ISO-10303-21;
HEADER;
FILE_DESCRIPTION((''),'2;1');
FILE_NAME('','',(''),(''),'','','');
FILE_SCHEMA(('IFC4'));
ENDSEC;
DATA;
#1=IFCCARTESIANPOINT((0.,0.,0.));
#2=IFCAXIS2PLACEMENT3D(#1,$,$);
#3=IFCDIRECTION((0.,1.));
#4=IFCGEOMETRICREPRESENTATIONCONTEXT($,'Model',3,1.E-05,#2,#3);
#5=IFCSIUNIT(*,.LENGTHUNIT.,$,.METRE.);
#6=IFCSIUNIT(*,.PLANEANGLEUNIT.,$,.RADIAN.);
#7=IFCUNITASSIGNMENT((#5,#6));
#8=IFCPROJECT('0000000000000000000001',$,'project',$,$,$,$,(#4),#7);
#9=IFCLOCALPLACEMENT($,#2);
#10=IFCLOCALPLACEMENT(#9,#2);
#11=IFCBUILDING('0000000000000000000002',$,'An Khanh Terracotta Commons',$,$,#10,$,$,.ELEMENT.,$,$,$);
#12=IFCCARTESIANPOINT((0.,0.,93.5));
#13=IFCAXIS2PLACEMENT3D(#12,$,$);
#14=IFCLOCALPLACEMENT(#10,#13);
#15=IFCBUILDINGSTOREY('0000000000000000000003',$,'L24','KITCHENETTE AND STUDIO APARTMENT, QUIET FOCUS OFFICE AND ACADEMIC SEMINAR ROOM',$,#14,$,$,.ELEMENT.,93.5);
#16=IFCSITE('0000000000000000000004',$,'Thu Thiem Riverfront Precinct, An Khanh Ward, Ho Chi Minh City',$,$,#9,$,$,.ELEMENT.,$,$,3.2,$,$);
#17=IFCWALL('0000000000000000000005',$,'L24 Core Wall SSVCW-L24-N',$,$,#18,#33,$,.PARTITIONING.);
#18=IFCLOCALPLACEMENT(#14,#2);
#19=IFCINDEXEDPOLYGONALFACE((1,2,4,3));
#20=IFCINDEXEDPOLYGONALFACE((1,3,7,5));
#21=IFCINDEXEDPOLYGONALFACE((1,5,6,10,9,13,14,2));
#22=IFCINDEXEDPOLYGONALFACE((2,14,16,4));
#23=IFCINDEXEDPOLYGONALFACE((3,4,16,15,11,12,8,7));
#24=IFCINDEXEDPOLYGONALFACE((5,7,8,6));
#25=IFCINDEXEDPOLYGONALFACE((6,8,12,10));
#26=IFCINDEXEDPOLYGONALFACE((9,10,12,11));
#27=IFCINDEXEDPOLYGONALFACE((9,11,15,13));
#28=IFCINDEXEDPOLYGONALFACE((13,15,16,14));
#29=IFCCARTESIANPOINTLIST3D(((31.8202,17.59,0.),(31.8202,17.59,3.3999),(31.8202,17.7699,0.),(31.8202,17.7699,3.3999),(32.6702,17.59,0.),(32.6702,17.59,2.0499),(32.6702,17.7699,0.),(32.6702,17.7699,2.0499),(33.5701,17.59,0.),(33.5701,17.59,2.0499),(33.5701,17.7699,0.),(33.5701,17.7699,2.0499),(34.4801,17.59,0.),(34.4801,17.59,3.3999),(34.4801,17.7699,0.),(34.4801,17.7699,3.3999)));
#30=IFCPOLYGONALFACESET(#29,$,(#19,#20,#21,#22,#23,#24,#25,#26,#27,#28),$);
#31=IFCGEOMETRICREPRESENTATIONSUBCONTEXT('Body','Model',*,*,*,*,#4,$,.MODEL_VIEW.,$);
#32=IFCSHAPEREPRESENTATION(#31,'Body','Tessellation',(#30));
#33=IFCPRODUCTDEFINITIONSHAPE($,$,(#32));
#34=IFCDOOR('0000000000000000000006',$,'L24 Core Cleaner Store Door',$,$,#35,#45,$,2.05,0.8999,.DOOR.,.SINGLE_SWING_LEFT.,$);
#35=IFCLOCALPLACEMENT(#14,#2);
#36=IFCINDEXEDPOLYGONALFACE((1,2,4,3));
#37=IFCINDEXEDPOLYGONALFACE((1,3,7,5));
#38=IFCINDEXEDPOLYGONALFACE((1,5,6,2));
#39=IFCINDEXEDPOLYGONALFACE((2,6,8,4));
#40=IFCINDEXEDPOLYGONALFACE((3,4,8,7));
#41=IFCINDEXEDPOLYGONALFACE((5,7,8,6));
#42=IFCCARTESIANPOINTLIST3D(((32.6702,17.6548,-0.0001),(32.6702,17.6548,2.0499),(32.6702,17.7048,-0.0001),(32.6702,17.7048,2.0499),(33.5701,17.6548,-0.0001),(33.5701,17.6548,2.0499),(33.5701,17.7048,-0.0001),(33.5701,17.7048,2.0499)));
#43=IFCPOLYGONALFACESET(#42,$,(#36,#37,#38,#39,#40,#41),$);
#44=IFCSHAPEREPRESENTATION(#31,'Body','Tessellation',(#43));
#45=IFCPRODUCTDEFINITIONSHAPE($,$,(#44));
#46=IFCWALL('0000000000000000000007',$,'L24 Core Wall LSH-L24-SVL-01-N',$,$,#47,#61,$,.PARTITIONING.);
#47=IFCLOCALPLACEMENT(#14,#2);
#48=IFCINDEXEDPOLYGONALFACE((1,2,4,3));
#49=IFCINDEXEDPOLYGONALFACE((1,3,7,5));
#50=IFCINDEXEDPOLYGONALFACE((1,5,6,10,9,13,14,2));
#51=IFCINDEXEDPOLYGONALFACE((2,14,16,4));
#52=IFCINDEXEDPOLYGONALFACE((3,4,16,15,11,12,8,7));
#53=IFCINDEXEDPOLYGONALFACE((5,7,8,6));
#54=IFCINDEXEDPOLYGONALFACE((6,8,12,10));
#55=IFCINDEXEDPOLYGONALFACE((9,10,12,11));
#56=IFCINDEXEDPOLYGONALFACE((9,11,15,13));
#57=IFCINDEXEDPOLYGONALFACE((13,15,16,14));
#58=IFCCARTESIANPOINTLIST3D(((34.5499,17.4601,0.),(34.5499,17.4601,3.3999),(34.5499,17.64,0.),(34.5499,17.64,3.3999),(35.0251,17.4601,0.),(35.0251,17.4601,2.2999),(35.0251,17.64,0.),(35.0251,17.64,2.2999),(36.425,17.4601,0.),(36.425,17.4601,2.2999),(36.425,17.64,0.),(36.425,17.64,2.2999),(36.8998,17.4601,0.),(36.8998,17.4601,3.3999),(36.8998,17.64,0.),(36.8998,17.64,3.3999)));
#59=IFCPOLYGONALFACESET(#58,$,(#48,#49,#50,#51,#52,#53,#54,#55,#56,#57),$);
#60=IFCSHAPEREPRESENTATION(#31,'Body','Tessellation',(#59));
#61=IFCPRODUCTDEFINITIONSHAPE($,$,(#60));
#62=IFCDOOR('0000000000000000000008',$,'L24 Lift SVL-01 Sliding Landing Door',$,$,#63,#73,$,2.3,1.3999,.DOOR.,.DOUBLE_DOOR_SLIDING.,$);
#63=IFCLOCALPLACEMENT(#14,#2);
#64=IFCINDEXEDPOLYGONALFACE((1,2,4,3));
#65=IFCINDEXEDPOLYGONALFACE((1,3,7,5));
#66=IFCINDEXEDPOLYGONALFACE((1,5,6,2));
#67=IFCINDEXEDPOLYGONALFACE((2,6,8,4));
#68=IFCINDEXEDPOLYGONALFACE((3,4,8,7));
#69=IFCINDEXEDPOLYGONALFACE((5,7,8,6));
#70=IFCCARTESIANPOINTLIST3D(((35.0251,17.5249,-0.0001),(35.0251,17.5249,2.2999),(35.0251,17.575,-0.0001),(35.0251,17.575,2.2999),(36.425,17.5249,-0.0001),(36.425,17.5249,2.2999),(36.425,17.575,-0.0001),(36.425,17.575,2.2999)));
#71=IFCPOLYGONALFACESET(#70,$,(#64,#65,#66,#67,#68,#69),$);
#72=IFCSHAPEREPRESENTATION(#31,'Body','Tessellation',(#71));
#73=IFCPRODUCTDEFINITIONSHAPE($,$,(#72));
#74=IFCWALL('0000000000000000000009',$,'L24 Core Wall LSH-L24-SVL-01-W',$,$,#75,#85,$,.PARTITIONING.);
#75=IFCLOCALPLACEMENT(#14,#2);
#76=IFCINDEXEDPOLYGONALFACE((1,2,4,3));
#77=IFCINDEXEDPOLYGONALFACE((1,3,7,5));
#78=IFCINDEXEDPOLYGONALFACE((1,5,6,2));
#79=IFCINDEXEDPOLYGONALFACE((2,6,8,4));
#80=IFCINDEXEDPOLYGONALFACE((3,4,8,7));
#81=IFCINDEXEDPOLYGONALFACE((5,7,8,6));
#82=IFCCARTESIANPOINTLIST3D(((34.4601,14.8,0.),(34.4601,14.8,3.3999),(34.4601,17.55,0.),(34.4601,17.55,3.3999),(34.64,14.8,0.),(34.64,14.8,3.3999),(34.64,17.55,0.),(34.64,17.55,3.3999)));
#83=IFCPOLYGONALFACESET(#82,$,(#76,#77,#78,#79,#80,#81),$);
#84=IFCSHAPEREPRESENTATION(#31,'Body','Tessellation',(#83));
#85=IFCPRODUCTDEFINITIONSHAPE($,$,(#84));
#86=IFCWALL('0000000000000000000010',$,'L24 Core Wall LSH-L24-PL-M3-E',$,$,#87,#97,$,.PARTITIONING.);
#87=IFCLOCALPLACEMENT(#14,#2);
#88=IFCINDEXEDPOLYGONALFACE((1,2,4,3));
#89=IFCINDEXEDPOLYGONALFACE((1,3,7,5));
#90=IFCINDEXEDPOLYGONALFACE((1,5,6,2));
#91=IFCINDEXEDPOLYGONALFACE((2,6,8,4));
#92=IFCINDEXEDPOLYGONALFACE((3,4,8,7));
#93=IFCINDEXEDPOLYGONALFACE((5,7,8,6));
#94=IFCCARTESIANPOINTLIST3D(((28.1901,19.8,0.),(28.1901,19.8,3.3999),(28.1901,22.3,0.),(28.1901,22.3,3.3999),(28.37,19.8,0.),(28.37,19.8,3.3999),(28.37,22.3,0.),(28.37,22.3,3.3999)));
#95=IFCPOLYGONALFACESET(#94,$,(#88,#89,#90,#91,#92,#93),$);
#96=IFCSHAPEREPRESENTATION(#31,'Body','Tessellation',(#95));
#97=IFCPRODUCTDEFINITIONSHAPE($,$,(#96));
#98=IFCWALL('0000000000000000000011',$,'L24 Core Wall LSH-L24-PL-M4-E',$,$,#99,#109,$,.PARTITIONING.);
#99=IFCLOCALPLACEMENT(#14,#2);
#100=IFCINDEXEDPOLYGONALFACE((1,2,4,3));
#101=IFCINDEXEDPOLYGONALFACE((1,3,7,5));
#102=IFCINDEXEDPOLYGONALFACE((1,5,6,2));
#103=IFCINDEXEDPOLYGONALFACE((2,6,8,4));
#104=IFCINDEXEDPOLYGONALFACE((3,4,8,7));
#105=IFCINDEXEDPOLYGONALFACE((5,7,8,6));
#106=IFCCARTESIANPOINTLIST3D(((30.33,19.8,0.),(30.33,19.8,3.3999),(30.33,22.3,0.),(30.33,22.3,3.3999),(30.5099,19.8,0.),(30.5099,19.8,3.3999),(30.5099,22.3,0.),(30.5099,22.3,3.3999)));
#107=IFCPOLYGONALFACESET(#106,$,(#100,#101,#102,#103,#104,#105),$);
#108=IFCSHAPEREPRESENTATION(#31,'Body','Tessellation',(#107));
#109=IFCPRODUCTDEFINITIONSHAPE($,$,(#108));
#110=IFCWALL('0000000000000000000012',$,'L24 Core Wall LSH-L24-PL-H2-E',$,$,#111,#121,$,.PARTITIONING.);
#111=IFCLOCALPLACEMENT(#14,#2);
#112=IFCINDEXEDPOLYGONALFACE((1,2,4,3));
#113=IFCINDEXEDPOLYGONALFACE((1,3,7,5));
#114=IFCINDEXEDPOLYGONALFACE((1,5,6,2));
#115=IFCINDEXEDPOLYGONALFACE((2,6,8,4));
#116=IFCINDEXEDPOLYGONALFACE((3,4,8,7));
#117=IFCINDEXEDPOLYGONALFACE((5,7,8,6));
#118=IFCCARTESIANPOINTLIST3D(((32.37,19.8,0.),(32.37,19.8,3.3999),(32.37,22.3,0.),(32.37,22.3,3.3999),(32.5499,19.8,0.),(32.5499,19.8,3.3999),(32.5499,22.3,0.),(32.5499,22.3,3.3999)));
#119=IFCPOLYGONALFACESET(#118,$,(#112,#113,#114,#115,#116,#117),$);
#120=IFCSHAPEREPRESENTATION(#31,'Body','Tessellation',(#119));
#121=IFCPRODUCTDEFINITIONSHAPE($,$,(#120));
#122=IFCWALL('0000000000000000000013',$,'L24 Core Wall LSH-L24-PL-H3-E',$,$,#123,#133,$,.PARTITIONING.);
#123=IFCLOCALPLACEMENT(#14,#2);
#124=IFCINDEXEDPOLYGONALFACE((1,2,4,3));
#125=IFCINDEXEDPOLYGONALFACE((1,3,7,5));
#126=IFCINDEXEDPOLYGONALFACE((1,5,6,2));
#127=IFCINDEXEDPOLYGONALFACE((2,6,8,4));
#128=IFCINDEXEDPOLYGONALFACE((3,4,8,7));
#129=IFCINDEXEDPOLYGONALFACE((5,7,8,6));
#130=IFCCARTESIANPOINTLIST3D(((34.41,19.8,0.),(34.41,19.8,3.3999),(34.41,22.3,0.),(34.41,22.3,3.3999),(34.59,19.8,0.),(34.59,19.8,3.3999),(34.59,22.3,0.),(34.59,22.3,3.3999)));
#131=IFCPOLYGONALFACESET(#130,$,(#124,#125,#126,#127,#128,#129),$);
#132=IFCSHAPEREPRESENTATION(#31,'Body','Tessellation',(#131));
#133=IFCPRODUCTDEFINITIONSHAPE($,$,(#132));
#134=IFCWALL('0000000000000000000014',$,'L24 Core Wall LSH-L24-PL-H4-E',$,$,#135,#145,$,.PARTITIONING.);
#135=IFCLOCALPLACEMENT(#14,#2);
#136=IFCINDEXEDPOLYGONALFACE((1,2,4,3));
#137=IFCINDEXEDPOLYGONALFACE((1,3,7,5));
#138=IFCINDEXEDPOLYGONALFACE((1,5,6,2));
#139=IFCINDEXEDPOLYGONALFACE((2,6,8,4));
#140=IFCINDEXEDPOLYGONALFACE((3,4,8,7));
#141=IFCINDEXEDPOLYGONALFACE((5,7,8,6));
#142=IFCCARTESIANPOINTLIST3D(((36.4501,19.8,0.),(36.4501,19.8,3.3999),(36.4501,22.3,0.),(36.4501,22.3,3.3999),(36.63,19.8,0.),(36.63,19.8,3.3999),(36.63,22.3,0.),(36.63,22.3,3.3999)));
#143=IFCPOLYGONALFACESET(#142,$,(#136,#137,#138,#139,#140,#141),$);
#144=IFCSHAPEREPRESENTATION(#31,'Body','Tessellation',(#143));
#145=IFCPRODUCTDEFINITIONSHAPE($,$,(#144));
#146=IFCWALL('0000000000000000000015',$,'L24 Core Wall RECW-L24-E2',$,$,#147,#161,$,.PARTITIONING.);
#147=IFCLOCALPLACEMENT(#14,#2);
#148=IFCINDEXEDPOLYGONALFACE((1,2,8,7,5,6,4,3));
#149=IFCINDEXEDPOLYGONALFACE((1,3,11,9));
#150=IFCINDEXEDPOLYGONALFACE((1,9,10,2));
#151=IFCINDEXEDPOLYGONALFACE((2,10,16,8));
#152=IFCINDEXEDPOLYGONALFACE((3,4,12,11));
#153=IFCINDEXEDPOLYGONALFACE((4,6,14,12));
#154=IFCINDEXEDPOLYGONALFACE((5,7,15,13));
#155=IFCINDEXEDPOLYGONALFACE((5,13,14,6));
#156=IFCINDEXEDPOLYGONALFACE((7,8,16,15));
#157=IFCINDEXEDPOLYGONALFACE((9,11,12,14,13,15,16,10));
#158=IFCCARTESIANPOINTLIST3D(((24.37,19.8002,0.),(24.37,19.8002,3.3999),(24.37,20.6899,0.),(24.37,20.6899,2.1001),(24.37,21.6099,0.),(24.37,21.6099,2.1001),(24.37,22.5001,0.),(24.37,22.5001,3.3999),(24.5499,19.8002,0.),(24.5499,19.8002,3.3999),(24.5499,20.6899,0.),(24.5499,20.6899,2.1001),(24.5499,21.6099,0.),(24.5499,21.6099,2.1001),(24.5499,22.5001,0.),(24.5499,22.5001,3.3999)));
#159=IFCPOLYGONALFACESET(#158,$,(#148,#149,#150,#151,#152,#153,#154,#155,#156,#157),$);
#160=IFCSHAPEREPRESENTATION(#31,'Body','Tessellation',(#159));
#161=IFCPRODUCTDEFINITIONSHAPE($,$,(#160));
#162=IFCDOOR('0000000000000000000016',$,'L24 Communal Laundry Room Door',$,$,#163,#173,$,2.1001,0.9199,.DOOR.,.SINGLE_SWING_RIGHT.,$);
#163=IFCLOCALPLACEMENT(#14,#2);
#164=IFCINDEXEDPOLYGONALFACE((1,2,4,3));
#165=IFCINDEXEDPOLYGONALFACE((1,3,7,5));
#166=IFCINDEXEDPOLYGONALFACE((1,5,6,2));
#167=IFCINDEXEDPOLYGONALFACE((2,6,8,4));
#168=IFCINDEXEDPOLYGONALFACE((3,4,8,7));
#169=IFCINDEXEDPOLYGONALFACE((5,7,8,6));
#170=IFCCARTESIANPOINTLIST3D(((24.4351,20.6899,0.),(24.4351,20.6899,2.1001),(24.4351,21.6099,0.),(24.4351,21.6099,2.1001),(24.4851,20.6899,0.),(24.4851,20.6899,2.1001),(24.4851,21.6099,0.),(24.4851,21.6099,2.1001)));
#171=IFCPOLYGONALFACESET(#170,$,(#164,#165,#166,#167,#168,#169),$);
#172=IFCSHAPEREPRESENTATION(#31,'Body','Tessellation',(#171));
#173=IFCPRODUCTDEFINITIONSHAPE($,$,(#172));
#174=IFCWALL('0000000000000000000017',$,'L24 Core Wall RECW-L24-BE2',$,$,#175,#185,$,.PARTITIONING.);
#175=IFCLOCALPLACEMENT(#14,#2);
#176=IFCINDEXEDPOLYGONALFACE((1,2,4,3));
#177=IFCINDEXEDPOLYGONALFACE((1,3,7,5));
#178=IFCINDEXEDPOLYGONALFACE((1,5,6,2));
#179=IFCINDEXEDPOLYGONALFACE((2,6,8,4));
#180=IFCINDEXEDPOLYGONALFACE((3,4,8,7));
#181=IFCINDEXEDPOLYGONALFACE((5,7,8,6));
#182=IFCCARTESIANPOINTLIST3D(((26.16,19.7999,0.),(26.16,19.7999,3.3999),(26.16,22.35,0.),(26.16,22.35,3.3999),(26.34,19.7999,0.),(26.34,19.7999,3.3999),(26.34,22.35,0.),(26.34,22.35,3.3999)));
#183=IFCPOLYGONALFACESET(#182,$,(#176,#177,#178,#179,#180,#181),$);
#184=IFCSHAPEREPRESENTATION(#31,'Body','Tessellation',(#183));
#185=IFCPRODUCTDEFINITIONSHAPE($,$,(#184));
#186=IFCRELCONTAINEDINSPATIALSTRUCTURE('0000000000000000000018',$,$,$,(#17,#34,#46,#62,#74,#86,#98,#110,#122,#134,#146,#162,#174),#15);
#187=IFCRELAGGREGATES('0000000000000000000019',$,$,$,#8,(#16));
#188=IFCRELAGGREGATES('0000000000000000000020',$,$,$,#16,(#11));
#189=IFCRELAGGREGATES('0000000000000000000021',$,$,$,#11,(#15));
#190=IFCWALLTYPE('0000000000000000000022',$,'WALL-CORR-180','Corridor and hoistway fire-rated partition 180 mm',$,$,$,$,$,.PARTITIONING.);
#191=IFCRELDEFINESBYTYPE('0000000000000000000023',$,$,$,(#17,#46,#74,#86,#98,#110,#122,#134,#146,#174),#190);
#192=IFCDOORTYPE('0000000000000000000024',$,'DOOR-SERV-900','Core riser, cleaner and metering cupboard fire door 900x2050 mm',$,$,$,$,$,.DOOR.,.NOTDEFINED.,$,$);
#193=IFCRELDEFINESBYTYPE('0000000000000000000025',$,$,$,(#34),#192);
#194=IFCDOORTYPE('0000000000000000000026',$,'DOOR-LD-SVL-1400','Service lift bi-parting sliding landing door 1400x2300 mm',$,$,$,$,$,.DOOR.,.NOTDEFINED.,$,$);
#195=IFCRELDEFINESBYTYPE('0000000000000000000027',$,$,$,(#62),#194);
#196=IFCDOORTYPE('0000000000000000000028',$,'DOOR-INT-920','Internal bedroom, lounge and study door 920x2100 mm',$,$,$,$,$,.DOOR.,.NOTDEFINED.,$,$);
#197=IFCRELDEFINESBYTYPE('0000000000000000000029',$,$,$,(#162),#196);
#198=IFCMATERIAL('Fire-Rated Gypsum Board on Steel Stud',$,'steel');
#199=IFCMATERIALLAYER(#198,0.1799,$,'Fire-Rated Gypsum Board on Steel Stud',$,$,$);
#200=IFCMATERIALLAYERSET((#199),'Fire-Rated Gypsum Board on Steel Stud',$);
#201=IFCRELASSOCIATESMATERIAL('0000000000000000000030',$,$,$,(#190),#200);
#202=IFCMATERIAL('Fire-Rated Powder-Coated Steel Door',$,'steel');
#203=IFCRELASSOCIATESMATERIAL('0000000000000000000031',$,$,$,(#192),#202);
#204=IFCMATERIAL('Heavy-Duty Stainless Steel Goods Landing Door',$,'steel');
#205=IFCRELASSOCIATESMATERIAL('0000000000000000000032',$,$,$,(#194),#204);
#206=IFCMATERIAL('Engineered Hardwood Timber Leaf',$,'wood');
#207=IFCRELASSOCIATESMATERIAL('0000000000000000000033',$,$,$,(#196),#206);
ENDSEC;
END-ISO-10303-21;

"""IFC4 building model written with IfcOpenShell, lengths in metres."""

from ifc_helpers import new_model, si_unit, direction, frame, frame_2d, origin, place, context, subcontext, project, spatial, rectangle, extrude, material, layer, layer_set, type_object, element, fill, save


model = new_model("IFC4")

# Units and contexts
model_context = context("Model", 3, precision=1e-05, world=origin(), true_north=direction((0.0, 1.0)))
body_context = subcontext(model_context, "Body", "Model", "MODEL_VIEW")
ifc_project = project(units=[si_unit("LENGTHUNIT", "METRE"), si_unit("PLANEANGLEUNIT", "RADIAN")], contexts=[model_context])

# Site, building, storey
site_placement = place(None, origin())
site = spatial("IfcSite", under=ifc_project, at=site_placement, Name="Thu Thiem Riverfront Precinct, An Khanh Ward, Ho Chi Minh City", CompositionType="ELEMENT", RefElevation=3.2)
building_placement = place(site_placement, origin())
building = spatial("IfcBuilding", under=site, at=building_placement, Name="An Khanh Terracotta Commons", CompositionType="ELEMENT")
storey_placement = place(building_placement, frame((0.0, 0.0, 93.5)))
storey = spatial("IfcBuildingStorey", under=building, at=storey_placement, Name="L24", Description="KITCHENETTE AND STUDIO APARTMENT, QUIET FOCUS OFFICE AND ACADEMIC SEMINAR ROOM", CompositionType="ELEMENT", Elevation=93.5)

# Walls, openings, doors
ifc_material_1 = material(Name="Fire-Rated Gypsum Board on Steel Stud", Category="steel")
ifc_layer = layer(ifc_material_1, 0.1799, Name="Fire-Rated Gypsum Board on Steel Stud")
ifc_layer_set = layer_set([ifc_layer], Name="Fire-Rated Gypsum Board on Steel Stud")
wall_type = type_object("IfcWallType", Name="WALL-CORR-180", Description="Corridor and hoistway fire-rated partition 180 mm", PredefinedType="PARTITIONING", material=ifc_layer_set)
wall_1_placement = place(storey_placement, frame((31.8201, 17.6799, 0.0), z_axis=(0.0, 0.0, 1.0), x_axis=(1.0, 0.0, 0.0)))
wall_1 = element("IfcWall", 1, at=wall_1_placement, inside=storey, type_object=wall_type, Name="L24 Core Wall SSVCW-L24-N", PredefinedType="PARTITIONING", context=body_context, shape_type="SweptSolid", body=[
    extrude(rectangle(XDim=2.6599, YDim=0.1799, at=frame_2d((1.3301, 0.0))), origin(), (0.0, 0.0, 1.0), 3.3999),
])
opening_1_placement = place(wall_1_placement, frame((0.8501, 0.0, 0.0)))
opening_1 = element("IfcOpeningElement", 2, at=opening_1_placement, cuts=wall_1, PredefinedType="OPENING", context=body_context, shape_type="SweptSolid", body=[
    extrude(rectangle(XDim=0.8999, YDim=2.05, at=frame_2d((0.45, 1.0249))), frame((0.0, 0.0999, 0.0), z_axis=(0.0, -1.0, 0.0), x_axis=(1.0, 0.0, 0.0)), (0.0, 0.0, 1.0), 0.2),
])
ifc_material_2 = material(Name="Fire-Rated Powder-Coated Steel Door", Category="steel")
door_type_1 = type_object("IfcDoorType", Name="DOOR-SERV-900", Description="Core riser, cleaner and metering cupboard fire door 900x2050 mm", OperationType="NOTDEFINED", PredefinedType="DOOR", material=ifc_material_2)
door_1_placement = place(opening_1_placement, origin())
door_1 = element("IfcDoor", 3, at=door_1_placement, inside=storey, type_object=door_type_1, Name="L24 Core Cleaner Store Door", OperationType="SINGLE_SWING_LEFT", OverallHeight=2.05, OverallWidth=0.8999, PredefinedType="DOOR", context=body_context, shape_type="SweptSolid", body=[
    extrude(rectangle(XDim=0.8999, YDim=2.05, at=frame_2d((0.45, 1.0249))), frame((0.0, 0.0249, 0.0), z_axis=(0.0, -1.0, 0.0), x_axis=(1.0, 0.0, 0.0)), (0.0, 0.0, 1.0), 0.05),
])
fill(opening_1, door_1)
wall_2_placement = place(storey_placement, frame((34.55, 17.55, 0.0), z_axis=(0.0, 0.0, 1.0), x_axis=(1.0, 0.0, 0.0)))
wall_2 = element("IfcWall", 4, at=wall_2_placement, inside=storey, type_object=wall_type, Name="L24 Core Wall LSH-L24-SVL-01-N", PredefinedType="PARTITIONING", context=body_context, shape_type="SweptSolid", body=[
    extrude(rectangle(XDim=2.3499, YDim=0.1799, at=frame_2d((1.1748, 0.0))), origin(), (0.0, 0.0, 1.0), 3.3999),
])
opening_2_placement = place(wall_2_placement, frame((0.4751, 0.0, 0.0)))
opening_2 = element("IfcOpeningElement", 5, at=opening_2_placement, cuts=wall_2, PredefinedType="OPENING", context=body_context, shape_type="SweptSolid", body=[
    extrude(rectangle(XDim=1.3999, YDim=2.3, at=frame_2d((0.7, 1.1499))), frame((0.0, 0.0999, 0.0), z_axis=(0.0, -1.0, 0.0), x_axis=(1.0, 0.0, 0.0)), (0.0, 0.0, 1.0), 0.2),
])
ifc_material_3 = material(Name="Heavy-Duty Stainless Steel Goods Landing Door", Category="steel")
door_type_2 = type_object("IfcDoorType", Name="DOOR-LD-SVL-1400", Description="Service lift bi-parting sliding landing door 1400x2300 mm", OperationType="NOTDEFINED", PredefinedType="DOOR", material=ifc_material_3)
door_2_placement = place(opening_2_placement, origin())
door_2 = element("IfcDoor", 6, at=door_2_placement, inside=storey, type_object=door_type_2, Name="L24 Lift SVL-01 Sliding Landing Door", OperationType="DOUBLE_DOOR_SLIDING", OverallHeight=2.3, OverallWidth=1.3999, PredefinedType="DOOR", context=body_context, shape_type="SweptSolid", body=[
    extrude(rectangle(XDim=1.3999, YDim=2.3, at=frame_2d((0.7, 1.1499))), frame((0.0, 0.0249, 0.0), z_axis=(0.0, -1.0, 0.0), x_axis=(1.0, 0.0, 0.0)), (0.0, 0.0, 1.0), 0.05),
])
fill(opening_2, door_2)

# Walls
wall_3_placement = place(storey_placement, frame((34.55, 17.55, 0.0), z_axis=(0.0, 0.0, 1.0), x_axis=(0.0, -1.0, 0.0)))
element("IfcWall", 7, at=wall_3_placement, inside=storey, type_object=wall_type, Name="L24 Core Wall LSH-L24-SVL-01-W", PredefinedType="PARTITIONING", context=body_context, shape_type="SweptSolid", body=[
    extrude(rectangle(XDim=2.75, YDim=0.1799, at=frame_2d((1.375, 0.0))), origin(), (0.0, 0.0, 1.0), 3.3999),
])
for number, where, z_axis, x_axis, name in (
    (8, (28.28, 19.8, 0.0), (0.0, 0.0, 1.0), (0.0, 1.0, 0.0), "L24 Core Wall LSH-L24-PL-M3-E"),
    (9, (30.4199, 19.8, 0.0), (0.0, 0.0, 1.0), (0.0, 1.0, 0.0), "L24 Core Wall LSH-L24-PL-M4-E"),
    (10, (32.46, 19.8, 0.0), (0.0, 0.0, 1.0), (0.0, 1.0, 0.0), "L24 Core Wall LSH-L24-PL-H2-E"),
    (11, (34.5, 19.8, 0.0), (0.0, 0.0, 1.0), (0.0, 1.0, 0.0), "L24 Core Wall LSH-L24-PL-H3-E"),
    (12, (36.54, 19.8, 0.0), (0.0, 0.0, 1.0), (0.0, 1.0, 0.0), "L24 Core Wall LSH-L24-PL-H4-E"),
):
    element("IfcWall", number, at=place(storey_placement, frame(where, z_axis=z_axis, x_axis=x_axis)), inside=storey, type_object=wall_type, Name=name, PredefinedType="PARTITIONING", context=body_context, shape_type="SweptSolid", body=[
        extrude(rectangle(XDim=2.5, YDim=0.1799, at=frame_2d((1.25, 0.0))), origin(), (0.0, 0.0, 1.0), 3.3999),
    ])

# Wall, opening, door
wall_4_placement = place(storey_placement, frame((24.46, 19.8, 0.0), z_axis=(0.0, 0.0, 1.0), x_axis=(0.0, 1.0, 0.0)))
wall_4 = element("IfcWall", 13, at=wall_4_placement, inside=storey, type_object=wall_type, Name="L24 Core Wall RECW-L24-E2", PredefinedType="PARTITIONING", context=body_context, shape_type="SweptSolid", body=[
    extrude(rectangle(XDim=2.7, YDim=0.1799, at=frame_2d((1.3501, 0.0))), origin(), (0.0, 0.0, 1.0), 3.3999),
])
opening_3_placement = place(wall_4_placement, frame((0.8899, 0.0, 0.0)))
opening_3 = element("IfcOpeningElement", 14, at=opening_3_placement, cuts=wall_4, PredefinedType="OPENING", context=body_context, shape_type="SweptSolid", body=[
    extrude(rectangle(XDim=0.9199, YDim=2.1001, at=frame_2d((0.46, 1.05))), frame((0.0, 0.0999, 0.0), z_axis=(0.0, -1.0, 0.0), x_axis=(1.0, 0.0, 0.0)), (0.0, 0.0, 1.0), 0.2),
])
ifc_material_4 = material(Name="Engineered Hardwood Timber Leaf", Category="wood")
door_type_3 = type_object("IfcDoorType", Name="DOOR-INT-920", Description="Internal bedroom, lounge and study door 920x2100 mm", OperationType="NOTDEFINED", PredefinedType="DOOR", material=ifc_material_4)
door_3_placement = place(opening_3_placement, origin())
door_3 = element("IfcDoor", 15, at=door_3_placement, inside=storey, type_object=door_type_3, Name="L24 Communal Laundry Room Door", OperationType="SINGLE_SWING_RIGHT", OverallHeight=2.1001, OverallWidth=0.9199, PredefinedType="DOOR", context=body_context, shape_type="SweptSolid", body=[
    extrude(rectangle(XDim=0.9199, YDim=2.1001, at=frame_2d((0.46, 1.05))), frame((0.0, 0.0249, 0.0), z_axis=(0.0, -1.0, 0.0), x_axis=(1.0, 0.0, 0.0)), (0.0, 0.0, 1.0), 0.05),
])
fill(opening_3, door_3)

# Wall
wall_5_placement = place(storey_placement, frame((26.25, 19.8, 0.0), z_axis=(0.0, 0.0, 1.0), x_axis=(0.0, 1.0, 0.0)))
element("IfcWall", 16, at=wall_5_placement, inside=storey, type_object=wall_type, Name="L24 Core Wall RECW-L24-BE2", PredefinedType="PARTITIONING", context=body_context, shape_type="SweptSolid", body=[
    extrude(rectangle(XDim=2.55, YDim=0.1799, at=frame_2d((1.2749, 0.0))), origin(), (0.0, 0.0, 1.0), 3.3999),
])

save(model, "model.ifc")
